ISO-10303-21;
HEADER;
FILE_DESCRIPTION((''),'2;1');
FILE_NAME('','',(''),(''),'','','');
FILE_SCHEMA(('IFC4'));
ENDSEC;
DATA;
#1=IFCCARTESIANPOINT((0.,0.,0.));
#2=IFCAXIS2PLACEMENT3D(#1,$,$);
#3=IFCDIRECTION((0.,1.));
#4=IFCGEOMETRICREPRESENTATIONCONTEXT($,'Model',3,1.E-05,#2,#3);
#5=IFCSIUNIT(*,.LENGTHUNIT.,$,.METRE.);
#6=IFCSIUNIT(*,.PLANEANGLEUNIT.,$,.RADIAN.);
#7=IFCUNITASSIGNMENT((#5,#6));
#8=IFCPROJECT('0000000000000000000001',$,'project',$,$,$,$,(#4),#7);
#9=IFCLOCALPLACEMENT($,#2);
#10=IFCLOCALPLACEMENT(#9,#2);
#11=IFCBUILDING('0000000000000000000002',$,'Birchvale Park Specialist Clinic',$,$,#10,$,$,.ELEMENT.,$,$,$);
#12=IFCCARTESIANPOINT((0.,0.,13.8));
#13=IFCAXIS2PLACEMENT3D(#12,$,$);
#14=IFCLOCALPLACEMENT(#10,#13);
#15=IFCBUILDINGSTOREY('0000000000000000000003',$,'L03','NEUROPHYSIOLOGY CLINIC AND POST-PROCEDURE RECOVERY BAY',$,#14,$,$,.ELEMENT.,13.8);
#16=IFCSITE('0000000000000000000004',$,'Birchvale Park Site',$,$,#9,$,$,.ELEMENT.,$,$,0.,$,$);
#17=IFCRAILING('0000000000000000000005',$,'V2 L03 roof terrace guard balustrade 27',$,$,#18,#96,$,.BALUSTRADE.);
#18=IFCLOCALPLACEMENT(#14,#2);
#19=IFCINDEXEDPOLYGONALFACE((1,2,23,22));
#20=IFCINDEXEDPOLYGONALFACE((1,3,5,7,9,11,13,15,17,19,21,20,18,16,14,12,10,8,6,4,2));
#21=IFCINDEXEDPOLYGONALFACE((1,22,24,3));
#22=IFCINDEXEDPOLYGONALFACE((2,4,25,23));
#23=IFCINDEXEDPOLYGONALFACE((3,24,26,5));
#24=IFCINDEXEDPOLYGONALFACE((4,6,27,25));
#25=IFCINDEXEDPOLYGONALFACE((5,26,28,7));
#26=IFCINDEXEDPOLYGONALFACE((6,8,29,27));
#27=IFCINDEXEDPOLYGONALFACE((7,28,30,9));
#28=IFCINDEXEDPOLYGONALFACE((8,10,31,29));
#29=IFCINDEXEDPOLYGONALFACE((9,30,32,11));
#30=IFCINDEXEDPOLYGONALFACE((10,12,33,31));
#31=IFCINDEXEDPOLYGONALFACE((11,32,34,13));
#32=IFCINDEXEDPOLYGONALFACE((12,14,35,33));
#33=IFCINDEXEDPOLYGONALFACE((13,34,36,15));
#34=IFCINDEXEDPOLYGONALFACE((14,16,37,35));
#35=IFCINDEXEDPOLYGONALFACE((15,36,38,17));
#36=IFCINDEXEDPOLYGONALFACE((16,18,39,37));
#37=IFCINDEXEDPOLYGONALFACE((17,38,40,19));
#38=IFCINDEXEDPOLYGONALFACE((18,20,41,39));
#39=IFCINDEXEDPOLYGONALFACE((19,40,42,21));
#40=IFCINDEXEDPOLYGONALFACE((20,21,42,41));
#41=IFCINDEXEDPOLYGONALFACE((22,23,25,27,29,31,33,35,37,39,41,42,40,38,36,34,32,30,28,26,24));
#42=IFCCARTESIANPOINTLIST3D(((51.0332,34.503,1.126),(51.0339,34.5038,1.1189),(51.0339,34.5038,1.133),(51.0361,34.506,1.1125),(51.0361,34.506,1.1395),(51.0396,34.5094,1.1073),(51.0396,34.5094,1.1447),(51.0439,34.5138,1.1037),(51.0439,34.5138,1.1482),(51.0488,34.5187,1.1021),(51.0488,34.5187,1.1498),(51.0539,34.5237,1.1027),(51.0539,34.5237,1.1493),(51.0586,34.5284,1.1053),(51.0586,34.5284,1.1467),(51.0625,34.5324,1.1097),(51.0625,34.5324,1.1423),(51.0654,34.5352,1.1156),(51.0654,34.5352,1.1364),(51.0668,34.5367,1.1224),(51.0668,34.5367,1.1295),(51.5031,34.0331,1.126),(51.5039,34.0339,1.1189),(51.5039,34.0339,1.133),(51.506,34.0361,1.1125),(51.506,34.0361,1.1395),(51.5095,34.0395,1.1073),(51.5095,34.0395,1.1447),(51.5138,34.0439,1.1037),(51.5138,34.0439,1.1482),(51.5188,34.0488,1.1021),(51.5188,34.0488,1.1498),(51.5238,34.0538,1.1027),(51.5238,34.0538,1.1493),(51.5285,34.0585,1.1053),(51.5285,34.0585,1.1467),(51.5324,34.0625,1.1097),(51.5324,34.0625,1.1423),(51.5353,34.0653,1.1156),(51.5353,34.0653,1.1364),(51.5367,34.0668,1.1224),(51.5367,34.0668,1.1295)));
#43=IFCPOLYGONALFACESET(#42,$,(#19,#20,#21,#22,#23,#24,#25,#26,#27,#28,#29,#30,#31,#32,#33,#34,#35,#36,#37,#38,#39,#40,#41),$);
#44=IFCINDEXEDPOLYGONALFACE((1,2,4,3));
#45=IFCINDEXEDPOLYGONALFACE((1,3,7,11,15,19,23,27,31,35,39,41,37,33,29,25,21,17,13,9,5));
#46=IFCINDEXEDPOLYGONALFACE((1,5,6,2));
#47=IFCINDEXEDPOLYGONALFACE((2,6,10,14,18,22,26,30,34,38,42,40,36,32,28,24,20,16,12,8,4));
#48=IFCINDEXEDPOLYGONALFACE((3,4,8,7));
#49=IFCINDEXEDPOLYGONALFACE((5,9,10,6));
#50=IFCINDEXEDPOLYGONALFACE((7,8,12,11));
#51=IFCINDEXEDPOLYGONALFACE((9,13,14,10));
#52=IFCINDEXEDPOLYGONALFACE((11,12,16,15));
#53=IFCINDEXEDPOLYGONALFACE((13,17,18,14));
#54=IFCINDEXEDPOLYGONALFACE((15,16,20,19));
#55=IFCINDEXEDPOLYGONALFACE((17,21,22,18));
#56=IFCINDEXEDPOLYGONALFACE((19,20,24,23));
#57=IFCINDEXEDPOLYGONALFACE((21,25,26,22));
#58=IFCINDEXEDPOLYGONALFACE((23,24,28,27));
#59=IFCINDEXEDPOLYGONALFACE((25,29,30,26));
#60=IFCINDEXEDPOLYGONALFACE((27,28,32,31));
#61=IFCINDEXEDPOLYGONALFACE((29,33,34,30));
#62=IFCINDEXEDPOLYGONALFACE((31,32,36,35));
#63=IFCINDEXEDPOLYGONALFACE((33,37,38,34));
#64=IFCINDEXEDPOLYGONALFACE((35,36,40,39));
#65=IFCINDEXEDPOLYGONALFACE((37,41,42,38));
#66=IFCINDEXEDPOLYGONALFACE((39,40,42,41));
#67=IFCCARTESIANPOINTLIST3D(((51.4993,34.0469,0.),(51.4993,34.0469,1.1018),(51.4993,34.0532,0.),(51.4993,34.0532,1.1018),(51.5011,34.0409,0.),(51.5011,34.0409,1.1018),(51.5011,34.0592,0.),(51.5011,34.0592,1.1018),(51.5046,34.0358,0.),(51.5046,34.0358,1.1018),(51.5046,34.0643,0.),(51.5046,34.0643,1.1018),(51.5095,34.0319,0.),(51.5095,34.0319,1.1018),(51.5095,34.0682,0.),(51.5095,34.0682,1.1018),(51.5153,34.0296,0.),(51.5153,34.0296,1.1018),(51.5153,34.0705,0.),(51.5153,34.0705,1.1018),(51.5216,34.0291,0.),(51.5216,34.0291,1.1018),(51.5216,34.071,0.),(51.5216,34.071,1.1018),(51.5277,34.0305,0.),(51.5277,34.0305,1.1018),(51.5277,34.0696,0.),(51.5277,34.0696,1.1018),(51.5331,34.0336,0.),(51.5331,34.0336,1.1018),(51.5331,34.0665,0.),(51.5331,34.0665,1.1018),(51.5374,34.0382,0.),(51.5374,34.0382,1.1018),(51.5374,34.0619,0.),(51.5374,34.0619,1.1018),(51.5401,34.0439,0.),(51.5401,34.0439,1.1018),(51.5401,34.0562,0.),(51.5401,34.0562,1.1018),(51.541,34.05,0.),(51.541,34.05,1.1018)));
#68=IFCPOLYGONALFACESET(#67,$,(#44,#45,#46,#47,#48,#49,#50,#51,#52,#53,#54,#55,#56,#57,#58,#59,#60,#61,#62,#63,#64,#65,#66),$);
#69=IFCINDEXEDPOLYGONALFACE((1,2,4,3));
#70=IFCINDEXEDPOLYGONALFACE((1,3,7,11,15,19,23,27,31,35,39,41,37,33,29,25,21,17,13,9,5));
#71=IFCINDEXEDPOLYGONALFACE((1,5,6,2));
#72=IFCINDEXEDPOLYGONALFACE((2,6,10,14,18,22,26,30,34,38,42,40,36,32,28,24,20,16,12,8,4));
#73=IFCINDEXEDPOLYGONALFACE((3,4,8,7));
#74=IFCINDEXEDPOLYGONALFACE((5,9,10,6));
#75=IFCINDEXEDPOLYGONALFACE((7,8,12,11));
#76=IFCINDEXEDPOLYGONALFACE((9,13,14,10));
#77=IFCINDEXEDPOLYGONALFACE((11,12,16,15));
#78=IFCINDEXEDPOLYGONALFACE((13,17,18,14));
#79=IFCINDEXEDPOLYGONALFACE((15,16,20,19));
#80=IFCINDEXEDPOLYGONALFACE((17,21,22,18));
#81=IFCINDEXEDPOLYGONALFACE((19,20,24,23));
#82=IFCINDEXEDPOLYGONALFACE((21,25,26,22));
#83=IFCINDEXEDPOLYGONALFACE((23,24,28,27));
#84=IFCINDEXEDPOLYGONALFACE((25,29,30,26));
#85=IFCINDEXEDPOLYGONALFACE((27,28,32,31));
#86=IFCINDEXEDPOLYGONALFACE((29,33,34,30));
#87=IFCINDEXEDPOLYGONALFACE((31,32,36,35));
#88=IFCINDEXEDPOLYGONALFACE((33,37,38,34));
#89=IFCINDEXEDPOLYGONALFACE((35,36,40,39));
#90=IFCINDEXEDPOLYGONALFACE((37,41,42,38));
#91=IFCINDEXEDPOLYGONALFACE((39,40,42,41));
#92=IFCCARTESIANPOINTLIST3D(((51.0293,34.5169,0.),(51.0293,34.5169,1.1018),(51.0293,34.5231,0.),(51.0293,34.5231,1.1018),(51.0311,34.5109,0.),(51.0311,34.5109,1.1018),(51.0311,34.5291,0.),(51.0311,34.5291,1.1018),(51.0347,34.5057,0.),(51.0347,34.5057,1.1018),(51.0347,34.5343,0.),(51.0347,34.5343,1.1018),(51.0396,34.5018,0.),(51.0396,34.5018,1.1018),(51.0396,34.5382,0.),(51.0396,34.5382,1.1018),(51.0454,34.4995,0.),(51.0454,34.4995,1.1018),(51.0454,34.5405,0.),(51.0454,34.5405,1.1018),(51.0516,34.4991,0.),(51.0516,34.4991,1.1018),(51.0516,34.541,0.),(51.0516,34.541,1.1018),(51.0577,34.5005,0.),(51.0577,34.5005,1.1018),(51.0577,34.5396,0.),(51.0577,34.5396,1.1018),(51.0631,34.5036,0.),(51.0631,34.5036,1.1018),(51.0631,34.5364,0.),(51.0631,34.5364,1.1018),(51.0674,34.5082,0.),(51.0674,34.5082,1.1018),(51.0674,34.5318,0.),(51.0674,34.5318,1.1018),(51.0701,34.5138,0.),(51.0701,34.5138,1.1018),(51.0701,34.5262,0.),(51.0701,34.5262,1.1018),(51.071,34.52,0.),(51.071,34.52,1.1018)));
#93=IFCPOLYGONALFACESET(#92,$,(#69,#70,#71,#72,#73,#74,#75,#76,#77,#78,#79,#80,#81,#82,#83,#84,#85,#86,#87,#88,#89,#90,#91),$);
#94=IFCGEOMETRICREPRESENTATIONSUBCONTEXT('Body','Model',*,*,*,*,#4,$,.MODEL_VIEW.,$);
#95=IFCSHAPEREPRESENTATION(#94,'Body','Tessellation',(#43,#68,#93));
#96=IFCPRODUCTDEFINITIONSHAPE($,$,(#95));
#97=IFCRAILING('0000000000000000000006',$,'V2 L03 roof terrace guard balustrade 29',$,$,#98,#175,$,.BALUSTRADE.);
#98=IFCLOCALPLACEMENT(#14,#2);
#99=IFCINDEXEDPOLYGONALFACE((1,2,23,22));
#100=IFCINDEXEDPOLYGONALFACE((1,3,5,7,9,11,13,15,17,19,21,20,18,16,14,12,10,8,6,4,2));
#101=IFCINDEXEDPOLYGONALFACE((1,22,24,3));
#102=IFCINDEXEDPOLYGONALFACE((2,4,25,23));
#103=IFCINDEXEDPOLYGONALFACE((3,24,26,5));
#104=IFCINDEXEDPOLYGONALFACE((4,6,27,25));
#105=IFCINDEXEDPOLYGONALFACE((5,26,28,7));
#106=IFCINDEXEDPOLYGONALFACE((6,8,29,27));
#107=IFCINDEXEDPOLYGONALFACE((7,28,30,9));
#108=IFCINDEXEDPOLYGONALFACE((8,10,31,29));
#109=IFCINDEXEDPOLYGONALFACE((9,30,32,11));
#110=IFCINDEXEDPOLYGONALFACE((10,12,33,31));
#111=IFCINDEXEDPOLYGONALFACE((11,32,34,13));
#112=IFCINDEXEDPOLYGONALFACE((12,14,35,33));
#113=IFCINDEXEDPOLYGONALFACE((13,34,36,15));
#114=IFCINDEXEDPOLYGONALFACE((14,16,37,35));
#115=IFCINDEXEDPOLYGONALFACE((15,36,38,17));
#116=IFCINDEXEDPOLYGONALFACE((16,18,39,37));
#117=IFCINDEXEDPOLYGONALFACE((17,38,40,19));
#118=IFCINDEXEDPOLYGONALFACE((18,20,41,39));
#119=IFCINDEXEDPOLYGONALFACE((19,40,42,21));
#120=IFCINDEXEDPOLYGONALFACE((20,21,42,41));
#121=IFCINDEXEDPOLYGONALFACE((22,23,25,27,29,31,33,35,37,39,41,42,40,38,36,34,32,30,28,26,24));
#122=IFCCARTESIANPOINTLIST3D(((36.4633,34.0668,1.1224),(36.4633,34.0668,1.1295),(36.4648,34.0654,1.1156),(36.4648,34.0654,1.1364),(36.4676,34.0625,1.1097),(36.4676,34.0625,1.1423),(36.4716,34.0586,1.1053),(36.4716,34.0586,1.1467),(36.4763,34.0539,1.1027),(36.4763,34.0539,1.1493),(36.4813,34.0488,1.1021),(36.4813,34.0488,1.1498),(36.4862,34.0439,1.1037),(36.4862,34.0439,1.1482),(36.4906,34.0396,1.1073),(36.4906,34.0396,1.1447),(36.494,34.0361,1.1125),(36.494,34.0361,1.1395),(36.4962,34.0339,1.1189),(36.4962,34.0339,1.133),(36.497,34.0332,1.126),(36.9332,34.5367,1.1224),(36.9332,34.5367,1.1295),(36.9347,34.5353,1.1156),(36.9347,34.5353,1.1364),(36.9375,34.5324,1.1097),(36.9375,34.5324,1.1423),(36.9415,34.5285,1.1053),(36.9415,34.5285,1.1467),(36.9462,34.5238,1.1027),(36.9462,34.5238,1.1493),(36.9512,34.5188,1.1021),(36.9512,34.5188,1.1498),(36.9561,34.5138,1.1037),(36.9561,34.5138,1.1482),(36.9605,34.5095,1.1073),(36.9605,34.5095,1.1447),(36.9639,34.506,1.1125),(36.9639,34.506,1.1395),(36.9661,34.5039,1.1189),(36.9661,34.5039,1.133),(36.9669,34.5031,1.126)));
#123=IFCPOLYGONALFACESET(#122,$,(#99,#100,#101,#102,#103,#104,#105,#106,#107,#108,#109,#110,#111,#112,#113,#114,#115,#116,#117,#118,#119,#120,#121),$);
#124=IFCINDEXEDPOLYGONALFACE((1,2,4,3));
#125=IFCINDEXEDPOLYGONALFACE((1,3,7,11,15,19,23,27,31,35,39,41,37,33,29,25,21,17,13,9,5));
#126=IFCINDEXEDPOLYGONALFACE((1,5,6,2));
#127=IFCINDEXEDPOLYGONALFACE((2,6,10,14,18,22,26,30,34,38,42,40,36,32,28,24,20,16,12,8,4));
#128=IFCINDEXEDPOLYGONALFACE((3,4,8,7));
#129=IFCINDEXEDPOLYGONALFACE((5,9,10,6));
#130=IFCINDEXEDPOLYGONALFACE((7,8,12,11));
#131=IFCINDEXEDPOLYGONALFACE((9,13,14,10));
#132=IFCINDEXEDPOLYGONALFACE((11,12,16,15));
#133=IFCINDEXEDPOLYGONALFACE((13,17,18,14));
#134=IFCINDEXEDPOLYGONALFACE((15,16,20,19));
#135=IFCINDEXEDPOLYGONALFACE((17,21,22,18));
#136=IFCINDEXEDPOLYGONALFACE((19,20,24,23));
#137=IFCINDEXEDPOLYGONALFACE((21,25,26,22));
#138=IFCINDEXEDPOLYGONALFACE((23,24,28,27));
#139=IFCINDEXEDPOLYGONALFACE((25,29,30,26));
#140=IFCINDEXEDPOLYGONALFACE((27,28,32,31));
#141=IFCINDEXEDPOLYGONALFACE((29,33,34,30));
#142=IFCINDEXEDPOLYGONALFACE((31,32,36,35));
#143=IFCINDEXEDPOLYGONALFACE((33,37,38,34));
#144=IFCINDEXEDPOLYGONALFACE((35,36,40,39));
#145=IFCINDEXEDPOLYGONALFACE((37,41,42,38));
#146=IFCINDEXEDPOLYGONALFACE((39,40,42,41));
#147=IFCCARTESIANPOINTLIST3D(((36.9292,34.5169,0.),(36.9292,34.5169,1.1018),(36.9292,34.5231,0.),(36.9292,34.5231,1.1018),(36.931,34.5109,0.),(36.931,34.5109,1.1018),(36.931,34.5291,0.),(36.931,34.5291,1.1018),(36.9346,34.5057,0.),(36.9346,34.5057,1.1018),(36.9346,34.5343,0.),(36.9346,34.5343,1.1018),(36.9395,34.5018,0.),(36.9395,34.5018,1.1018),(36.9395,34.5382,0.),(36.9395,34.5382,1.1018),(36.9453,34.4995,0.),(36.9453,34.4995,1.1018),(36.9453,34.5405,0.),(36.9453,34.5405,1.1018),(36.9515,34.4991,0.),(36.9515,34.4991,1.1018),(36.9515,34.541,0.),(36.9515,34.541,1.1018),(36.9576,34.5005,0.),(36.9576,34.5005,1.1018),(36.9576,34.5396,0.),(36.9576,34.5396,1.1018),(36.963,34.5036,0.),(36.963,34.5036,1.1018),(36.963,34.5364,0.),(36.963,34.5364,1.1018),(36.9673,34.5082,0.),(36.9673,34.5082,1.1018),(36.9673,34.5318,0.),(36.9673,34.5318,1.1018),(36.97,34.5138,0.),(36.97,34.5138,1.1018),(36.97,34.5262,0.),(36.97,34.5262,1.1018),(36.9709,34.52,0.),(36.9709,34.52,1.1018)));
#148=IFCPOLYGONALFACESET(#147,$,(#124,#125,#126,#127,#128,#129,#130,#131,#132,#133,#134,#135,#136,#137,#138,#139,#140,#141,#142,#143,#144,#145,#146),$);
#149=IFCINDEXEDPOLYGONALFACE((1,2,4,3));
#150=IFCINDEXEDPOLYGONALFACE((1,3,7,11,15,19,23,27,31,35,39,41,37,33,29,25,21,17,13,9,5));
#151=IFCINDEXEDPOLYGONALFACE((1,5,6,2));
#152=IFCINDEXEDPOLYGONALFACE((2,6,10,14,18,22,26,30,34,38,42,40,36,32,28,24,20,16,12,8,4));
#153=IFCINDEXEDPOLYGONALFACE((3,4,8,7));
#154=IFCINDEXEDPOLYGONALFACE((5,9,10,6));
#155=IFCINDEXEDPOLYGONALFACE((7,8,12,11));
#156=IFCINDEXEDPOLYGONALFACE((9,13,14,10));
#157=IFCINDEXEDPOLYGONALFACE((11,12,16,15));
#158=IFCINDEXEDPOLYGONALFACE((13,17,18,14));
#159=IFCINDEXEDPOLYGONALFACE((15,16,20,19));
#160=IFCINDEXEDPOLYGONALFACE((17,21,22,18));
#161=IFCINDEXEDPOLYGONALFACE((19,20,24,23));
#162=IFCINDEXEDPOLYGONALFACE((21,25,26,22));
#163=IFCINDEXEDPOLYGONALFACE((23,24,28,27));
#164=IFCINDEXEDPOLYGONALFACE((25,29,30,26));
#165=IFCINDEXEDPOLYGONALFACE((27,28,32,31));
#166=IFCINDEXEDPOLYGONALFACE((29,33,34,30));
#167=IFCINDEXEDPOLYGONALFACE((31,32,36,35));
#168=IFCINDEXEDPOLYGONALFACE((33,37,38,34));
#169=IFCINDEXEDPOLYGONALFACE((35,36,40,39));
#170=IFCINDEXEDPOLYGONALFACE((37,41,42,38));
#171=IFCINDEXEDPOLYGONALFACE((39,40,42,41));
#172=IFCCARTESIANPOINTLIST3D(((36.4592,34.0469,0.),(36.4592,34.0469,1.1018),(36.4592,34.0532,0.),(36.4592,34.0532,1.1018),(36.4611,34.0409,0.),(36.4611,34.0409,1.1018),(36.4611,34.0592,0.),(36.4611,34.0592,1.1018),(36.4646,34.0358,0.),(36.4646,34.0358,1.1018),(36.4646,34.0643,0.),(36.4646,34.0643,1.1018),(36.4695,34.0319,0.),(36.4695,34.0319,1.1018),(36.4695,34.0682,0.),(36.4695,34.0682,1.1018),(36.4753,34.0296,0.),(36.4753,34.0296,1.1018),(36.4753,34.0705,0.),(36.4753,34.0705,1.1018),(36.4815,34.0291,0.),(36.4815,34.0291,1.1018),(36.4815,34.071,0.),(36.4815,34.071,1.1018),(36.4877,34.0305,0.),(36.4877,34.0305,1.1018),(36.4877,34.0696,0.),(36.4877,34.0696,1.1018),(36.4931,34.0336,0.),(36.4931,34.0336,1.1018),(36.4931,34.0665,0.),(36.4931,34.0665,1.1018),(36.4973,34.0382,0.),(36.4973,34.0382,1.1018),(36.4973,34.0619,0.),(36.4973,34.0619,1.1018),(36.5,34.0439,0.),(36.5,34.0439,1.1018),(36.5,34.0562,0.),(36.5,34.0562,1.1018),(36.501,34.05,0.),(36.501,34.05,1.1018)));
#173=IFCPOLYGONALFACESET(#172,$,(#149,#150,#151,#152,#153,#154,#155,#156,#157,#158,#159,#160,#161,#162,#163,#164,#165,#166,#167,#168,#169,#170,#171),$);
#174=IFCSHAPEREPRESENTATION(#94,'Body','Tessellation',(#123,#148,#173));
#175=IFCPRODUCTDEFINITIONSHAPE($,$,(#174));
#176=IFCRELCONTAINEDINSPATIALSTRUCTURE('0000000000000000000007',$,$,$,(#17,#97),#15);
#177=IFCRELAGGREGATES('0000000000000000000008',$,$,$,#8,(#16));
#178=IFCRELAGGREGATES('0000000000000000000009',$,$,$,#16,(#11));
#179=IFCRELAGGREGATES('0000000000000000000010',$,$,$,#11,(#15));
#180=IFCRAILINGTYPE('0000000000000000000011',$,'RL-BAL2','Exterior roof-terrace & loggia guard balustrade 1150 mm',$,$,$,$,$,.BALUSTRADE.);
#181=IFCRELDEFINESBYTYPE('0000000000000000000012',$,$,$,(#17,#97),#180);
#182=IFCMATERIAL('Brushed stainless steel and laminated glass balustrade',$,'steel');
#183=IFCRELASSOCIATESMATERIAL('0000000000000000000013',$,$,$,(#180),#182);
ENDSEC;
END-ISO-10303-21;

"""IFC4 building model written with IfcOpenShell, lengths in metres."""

from ifc_helpers import new_model, si_unit, direction, frame, origin, origin_2d, place, context, subcontext, project, spatial, circle, extrude, material, type_object, element, save


model = new_model("IFC4")

# Units and contexts
model_context = context("Model", 3, precision=1e-05, world=origin(), true_north=direction((0.0, 1.0)))
body_context = subcontext(model_context, "Body", "Model", "MODEL_VIEW")
ifc_project = project(units=[si_unit("LENGTHUNIT", "METRE"), si_unit("PLANEANGLEUNIT", "RADIAN")], contexts=[model_context])

# Site, building, storey
site_placement = place(None, origin())
site = spatial("IfcSite", under=ifc_project, at=site_placement, Name="Birchvale Park Site", CompositionType="ELEMENT", RefElevation=0.0)
building_placement = place(site_placement, origin())
building = spatial("IfcBuilding", under=site, at=building_placement, Name="Birchvale Park Specialist Clinic", CompositionType="ELEMENT")
storey_placement = place(building_placement, frame((0.0, 0.0, 13.8)))
storey = spatial("IfcBuildingStorey", under=building, at=storey_placement, Name="L03", Description="NEUROPHYSIOLOGY CLINIC AND POST-PROCEDURE RECOVERY BAY", CompositionType="ELEMENT", Elevation=13.8)

# Railings
ifc_material_1 = material(Name="Brushed stainless steel and laminated glass balustrade", Category="steel")
railing_type = type_object("IfcRailingType", Name="RL-BAL2", Description="Exterior roof-terrace & loggia guard balustrade 1150 mm", PredefinedType="BALUSTRADE", material=ifc_material_1)
railing_1_placement = place(storey_placement, frame((51.52, 34.05, 0.0)))
element("IfcRailing", 1, at=railing_1_placement, inside=storey, type_object=railing_type, Name="V2 L03 roof terrace guard balustrade 27", PredefinedType="BALUSTRADE", context=body_context, shape_type="SweptSolid", body=[
    extrude(circle(Radius=0.0239, at=origin_2d()), frame((0.0, 0.0, 1.126), z_axis=(-0.707107, 0.707107, 0.0), x_axis=(-0.707107, -0.707107, 0.0)), (0.0, 0.0, 1.0), 0.6646),
    extrude(circle(Radius=0.021, at=origin_2d()), origin(), (0.0, 0.0, 1.0), 1.1018),
    extrude(circle(Radius=0.021, at=origin_2d()), frame((-0.47, 0.47, 0.0)), (0.0, 0.0, 1.0), 1.1018),
])
railing_2_placement = place(storey_placement, frame((36.95, 34.52, 0.0)))
element("IfcRailing", 2, at=railing_2_placement, inside=storey, type_object=railing_type, Name="V2 L03 roof terrace guard balustrade 29", PredefinedType="BALUSTRADE", context=body_context, shape_type="SweptSolid", body=[
    extrude(circle(Radius=0.0239, at=origin_2d()), frame((0.0, 0.0, 1.126), z_axis=(-0.707107, -0.707107, 0.0), x_axis=(0.707107, -0.707107, 0.0)), (0.0, 0.0, 1.0), 0.6646),
    extrude(circle(Radius=0.021, at=origin_2d()), origin(), (0.0, 0.0, 1.0), 1.1018),
    extrude(circle(Radius=0.021, at=origin_2d()), frame((-0.47, -0.47, 0.0)), (0.0, 0.0, 1.0), 1.1018),
])

save(model, "model.ifc")
